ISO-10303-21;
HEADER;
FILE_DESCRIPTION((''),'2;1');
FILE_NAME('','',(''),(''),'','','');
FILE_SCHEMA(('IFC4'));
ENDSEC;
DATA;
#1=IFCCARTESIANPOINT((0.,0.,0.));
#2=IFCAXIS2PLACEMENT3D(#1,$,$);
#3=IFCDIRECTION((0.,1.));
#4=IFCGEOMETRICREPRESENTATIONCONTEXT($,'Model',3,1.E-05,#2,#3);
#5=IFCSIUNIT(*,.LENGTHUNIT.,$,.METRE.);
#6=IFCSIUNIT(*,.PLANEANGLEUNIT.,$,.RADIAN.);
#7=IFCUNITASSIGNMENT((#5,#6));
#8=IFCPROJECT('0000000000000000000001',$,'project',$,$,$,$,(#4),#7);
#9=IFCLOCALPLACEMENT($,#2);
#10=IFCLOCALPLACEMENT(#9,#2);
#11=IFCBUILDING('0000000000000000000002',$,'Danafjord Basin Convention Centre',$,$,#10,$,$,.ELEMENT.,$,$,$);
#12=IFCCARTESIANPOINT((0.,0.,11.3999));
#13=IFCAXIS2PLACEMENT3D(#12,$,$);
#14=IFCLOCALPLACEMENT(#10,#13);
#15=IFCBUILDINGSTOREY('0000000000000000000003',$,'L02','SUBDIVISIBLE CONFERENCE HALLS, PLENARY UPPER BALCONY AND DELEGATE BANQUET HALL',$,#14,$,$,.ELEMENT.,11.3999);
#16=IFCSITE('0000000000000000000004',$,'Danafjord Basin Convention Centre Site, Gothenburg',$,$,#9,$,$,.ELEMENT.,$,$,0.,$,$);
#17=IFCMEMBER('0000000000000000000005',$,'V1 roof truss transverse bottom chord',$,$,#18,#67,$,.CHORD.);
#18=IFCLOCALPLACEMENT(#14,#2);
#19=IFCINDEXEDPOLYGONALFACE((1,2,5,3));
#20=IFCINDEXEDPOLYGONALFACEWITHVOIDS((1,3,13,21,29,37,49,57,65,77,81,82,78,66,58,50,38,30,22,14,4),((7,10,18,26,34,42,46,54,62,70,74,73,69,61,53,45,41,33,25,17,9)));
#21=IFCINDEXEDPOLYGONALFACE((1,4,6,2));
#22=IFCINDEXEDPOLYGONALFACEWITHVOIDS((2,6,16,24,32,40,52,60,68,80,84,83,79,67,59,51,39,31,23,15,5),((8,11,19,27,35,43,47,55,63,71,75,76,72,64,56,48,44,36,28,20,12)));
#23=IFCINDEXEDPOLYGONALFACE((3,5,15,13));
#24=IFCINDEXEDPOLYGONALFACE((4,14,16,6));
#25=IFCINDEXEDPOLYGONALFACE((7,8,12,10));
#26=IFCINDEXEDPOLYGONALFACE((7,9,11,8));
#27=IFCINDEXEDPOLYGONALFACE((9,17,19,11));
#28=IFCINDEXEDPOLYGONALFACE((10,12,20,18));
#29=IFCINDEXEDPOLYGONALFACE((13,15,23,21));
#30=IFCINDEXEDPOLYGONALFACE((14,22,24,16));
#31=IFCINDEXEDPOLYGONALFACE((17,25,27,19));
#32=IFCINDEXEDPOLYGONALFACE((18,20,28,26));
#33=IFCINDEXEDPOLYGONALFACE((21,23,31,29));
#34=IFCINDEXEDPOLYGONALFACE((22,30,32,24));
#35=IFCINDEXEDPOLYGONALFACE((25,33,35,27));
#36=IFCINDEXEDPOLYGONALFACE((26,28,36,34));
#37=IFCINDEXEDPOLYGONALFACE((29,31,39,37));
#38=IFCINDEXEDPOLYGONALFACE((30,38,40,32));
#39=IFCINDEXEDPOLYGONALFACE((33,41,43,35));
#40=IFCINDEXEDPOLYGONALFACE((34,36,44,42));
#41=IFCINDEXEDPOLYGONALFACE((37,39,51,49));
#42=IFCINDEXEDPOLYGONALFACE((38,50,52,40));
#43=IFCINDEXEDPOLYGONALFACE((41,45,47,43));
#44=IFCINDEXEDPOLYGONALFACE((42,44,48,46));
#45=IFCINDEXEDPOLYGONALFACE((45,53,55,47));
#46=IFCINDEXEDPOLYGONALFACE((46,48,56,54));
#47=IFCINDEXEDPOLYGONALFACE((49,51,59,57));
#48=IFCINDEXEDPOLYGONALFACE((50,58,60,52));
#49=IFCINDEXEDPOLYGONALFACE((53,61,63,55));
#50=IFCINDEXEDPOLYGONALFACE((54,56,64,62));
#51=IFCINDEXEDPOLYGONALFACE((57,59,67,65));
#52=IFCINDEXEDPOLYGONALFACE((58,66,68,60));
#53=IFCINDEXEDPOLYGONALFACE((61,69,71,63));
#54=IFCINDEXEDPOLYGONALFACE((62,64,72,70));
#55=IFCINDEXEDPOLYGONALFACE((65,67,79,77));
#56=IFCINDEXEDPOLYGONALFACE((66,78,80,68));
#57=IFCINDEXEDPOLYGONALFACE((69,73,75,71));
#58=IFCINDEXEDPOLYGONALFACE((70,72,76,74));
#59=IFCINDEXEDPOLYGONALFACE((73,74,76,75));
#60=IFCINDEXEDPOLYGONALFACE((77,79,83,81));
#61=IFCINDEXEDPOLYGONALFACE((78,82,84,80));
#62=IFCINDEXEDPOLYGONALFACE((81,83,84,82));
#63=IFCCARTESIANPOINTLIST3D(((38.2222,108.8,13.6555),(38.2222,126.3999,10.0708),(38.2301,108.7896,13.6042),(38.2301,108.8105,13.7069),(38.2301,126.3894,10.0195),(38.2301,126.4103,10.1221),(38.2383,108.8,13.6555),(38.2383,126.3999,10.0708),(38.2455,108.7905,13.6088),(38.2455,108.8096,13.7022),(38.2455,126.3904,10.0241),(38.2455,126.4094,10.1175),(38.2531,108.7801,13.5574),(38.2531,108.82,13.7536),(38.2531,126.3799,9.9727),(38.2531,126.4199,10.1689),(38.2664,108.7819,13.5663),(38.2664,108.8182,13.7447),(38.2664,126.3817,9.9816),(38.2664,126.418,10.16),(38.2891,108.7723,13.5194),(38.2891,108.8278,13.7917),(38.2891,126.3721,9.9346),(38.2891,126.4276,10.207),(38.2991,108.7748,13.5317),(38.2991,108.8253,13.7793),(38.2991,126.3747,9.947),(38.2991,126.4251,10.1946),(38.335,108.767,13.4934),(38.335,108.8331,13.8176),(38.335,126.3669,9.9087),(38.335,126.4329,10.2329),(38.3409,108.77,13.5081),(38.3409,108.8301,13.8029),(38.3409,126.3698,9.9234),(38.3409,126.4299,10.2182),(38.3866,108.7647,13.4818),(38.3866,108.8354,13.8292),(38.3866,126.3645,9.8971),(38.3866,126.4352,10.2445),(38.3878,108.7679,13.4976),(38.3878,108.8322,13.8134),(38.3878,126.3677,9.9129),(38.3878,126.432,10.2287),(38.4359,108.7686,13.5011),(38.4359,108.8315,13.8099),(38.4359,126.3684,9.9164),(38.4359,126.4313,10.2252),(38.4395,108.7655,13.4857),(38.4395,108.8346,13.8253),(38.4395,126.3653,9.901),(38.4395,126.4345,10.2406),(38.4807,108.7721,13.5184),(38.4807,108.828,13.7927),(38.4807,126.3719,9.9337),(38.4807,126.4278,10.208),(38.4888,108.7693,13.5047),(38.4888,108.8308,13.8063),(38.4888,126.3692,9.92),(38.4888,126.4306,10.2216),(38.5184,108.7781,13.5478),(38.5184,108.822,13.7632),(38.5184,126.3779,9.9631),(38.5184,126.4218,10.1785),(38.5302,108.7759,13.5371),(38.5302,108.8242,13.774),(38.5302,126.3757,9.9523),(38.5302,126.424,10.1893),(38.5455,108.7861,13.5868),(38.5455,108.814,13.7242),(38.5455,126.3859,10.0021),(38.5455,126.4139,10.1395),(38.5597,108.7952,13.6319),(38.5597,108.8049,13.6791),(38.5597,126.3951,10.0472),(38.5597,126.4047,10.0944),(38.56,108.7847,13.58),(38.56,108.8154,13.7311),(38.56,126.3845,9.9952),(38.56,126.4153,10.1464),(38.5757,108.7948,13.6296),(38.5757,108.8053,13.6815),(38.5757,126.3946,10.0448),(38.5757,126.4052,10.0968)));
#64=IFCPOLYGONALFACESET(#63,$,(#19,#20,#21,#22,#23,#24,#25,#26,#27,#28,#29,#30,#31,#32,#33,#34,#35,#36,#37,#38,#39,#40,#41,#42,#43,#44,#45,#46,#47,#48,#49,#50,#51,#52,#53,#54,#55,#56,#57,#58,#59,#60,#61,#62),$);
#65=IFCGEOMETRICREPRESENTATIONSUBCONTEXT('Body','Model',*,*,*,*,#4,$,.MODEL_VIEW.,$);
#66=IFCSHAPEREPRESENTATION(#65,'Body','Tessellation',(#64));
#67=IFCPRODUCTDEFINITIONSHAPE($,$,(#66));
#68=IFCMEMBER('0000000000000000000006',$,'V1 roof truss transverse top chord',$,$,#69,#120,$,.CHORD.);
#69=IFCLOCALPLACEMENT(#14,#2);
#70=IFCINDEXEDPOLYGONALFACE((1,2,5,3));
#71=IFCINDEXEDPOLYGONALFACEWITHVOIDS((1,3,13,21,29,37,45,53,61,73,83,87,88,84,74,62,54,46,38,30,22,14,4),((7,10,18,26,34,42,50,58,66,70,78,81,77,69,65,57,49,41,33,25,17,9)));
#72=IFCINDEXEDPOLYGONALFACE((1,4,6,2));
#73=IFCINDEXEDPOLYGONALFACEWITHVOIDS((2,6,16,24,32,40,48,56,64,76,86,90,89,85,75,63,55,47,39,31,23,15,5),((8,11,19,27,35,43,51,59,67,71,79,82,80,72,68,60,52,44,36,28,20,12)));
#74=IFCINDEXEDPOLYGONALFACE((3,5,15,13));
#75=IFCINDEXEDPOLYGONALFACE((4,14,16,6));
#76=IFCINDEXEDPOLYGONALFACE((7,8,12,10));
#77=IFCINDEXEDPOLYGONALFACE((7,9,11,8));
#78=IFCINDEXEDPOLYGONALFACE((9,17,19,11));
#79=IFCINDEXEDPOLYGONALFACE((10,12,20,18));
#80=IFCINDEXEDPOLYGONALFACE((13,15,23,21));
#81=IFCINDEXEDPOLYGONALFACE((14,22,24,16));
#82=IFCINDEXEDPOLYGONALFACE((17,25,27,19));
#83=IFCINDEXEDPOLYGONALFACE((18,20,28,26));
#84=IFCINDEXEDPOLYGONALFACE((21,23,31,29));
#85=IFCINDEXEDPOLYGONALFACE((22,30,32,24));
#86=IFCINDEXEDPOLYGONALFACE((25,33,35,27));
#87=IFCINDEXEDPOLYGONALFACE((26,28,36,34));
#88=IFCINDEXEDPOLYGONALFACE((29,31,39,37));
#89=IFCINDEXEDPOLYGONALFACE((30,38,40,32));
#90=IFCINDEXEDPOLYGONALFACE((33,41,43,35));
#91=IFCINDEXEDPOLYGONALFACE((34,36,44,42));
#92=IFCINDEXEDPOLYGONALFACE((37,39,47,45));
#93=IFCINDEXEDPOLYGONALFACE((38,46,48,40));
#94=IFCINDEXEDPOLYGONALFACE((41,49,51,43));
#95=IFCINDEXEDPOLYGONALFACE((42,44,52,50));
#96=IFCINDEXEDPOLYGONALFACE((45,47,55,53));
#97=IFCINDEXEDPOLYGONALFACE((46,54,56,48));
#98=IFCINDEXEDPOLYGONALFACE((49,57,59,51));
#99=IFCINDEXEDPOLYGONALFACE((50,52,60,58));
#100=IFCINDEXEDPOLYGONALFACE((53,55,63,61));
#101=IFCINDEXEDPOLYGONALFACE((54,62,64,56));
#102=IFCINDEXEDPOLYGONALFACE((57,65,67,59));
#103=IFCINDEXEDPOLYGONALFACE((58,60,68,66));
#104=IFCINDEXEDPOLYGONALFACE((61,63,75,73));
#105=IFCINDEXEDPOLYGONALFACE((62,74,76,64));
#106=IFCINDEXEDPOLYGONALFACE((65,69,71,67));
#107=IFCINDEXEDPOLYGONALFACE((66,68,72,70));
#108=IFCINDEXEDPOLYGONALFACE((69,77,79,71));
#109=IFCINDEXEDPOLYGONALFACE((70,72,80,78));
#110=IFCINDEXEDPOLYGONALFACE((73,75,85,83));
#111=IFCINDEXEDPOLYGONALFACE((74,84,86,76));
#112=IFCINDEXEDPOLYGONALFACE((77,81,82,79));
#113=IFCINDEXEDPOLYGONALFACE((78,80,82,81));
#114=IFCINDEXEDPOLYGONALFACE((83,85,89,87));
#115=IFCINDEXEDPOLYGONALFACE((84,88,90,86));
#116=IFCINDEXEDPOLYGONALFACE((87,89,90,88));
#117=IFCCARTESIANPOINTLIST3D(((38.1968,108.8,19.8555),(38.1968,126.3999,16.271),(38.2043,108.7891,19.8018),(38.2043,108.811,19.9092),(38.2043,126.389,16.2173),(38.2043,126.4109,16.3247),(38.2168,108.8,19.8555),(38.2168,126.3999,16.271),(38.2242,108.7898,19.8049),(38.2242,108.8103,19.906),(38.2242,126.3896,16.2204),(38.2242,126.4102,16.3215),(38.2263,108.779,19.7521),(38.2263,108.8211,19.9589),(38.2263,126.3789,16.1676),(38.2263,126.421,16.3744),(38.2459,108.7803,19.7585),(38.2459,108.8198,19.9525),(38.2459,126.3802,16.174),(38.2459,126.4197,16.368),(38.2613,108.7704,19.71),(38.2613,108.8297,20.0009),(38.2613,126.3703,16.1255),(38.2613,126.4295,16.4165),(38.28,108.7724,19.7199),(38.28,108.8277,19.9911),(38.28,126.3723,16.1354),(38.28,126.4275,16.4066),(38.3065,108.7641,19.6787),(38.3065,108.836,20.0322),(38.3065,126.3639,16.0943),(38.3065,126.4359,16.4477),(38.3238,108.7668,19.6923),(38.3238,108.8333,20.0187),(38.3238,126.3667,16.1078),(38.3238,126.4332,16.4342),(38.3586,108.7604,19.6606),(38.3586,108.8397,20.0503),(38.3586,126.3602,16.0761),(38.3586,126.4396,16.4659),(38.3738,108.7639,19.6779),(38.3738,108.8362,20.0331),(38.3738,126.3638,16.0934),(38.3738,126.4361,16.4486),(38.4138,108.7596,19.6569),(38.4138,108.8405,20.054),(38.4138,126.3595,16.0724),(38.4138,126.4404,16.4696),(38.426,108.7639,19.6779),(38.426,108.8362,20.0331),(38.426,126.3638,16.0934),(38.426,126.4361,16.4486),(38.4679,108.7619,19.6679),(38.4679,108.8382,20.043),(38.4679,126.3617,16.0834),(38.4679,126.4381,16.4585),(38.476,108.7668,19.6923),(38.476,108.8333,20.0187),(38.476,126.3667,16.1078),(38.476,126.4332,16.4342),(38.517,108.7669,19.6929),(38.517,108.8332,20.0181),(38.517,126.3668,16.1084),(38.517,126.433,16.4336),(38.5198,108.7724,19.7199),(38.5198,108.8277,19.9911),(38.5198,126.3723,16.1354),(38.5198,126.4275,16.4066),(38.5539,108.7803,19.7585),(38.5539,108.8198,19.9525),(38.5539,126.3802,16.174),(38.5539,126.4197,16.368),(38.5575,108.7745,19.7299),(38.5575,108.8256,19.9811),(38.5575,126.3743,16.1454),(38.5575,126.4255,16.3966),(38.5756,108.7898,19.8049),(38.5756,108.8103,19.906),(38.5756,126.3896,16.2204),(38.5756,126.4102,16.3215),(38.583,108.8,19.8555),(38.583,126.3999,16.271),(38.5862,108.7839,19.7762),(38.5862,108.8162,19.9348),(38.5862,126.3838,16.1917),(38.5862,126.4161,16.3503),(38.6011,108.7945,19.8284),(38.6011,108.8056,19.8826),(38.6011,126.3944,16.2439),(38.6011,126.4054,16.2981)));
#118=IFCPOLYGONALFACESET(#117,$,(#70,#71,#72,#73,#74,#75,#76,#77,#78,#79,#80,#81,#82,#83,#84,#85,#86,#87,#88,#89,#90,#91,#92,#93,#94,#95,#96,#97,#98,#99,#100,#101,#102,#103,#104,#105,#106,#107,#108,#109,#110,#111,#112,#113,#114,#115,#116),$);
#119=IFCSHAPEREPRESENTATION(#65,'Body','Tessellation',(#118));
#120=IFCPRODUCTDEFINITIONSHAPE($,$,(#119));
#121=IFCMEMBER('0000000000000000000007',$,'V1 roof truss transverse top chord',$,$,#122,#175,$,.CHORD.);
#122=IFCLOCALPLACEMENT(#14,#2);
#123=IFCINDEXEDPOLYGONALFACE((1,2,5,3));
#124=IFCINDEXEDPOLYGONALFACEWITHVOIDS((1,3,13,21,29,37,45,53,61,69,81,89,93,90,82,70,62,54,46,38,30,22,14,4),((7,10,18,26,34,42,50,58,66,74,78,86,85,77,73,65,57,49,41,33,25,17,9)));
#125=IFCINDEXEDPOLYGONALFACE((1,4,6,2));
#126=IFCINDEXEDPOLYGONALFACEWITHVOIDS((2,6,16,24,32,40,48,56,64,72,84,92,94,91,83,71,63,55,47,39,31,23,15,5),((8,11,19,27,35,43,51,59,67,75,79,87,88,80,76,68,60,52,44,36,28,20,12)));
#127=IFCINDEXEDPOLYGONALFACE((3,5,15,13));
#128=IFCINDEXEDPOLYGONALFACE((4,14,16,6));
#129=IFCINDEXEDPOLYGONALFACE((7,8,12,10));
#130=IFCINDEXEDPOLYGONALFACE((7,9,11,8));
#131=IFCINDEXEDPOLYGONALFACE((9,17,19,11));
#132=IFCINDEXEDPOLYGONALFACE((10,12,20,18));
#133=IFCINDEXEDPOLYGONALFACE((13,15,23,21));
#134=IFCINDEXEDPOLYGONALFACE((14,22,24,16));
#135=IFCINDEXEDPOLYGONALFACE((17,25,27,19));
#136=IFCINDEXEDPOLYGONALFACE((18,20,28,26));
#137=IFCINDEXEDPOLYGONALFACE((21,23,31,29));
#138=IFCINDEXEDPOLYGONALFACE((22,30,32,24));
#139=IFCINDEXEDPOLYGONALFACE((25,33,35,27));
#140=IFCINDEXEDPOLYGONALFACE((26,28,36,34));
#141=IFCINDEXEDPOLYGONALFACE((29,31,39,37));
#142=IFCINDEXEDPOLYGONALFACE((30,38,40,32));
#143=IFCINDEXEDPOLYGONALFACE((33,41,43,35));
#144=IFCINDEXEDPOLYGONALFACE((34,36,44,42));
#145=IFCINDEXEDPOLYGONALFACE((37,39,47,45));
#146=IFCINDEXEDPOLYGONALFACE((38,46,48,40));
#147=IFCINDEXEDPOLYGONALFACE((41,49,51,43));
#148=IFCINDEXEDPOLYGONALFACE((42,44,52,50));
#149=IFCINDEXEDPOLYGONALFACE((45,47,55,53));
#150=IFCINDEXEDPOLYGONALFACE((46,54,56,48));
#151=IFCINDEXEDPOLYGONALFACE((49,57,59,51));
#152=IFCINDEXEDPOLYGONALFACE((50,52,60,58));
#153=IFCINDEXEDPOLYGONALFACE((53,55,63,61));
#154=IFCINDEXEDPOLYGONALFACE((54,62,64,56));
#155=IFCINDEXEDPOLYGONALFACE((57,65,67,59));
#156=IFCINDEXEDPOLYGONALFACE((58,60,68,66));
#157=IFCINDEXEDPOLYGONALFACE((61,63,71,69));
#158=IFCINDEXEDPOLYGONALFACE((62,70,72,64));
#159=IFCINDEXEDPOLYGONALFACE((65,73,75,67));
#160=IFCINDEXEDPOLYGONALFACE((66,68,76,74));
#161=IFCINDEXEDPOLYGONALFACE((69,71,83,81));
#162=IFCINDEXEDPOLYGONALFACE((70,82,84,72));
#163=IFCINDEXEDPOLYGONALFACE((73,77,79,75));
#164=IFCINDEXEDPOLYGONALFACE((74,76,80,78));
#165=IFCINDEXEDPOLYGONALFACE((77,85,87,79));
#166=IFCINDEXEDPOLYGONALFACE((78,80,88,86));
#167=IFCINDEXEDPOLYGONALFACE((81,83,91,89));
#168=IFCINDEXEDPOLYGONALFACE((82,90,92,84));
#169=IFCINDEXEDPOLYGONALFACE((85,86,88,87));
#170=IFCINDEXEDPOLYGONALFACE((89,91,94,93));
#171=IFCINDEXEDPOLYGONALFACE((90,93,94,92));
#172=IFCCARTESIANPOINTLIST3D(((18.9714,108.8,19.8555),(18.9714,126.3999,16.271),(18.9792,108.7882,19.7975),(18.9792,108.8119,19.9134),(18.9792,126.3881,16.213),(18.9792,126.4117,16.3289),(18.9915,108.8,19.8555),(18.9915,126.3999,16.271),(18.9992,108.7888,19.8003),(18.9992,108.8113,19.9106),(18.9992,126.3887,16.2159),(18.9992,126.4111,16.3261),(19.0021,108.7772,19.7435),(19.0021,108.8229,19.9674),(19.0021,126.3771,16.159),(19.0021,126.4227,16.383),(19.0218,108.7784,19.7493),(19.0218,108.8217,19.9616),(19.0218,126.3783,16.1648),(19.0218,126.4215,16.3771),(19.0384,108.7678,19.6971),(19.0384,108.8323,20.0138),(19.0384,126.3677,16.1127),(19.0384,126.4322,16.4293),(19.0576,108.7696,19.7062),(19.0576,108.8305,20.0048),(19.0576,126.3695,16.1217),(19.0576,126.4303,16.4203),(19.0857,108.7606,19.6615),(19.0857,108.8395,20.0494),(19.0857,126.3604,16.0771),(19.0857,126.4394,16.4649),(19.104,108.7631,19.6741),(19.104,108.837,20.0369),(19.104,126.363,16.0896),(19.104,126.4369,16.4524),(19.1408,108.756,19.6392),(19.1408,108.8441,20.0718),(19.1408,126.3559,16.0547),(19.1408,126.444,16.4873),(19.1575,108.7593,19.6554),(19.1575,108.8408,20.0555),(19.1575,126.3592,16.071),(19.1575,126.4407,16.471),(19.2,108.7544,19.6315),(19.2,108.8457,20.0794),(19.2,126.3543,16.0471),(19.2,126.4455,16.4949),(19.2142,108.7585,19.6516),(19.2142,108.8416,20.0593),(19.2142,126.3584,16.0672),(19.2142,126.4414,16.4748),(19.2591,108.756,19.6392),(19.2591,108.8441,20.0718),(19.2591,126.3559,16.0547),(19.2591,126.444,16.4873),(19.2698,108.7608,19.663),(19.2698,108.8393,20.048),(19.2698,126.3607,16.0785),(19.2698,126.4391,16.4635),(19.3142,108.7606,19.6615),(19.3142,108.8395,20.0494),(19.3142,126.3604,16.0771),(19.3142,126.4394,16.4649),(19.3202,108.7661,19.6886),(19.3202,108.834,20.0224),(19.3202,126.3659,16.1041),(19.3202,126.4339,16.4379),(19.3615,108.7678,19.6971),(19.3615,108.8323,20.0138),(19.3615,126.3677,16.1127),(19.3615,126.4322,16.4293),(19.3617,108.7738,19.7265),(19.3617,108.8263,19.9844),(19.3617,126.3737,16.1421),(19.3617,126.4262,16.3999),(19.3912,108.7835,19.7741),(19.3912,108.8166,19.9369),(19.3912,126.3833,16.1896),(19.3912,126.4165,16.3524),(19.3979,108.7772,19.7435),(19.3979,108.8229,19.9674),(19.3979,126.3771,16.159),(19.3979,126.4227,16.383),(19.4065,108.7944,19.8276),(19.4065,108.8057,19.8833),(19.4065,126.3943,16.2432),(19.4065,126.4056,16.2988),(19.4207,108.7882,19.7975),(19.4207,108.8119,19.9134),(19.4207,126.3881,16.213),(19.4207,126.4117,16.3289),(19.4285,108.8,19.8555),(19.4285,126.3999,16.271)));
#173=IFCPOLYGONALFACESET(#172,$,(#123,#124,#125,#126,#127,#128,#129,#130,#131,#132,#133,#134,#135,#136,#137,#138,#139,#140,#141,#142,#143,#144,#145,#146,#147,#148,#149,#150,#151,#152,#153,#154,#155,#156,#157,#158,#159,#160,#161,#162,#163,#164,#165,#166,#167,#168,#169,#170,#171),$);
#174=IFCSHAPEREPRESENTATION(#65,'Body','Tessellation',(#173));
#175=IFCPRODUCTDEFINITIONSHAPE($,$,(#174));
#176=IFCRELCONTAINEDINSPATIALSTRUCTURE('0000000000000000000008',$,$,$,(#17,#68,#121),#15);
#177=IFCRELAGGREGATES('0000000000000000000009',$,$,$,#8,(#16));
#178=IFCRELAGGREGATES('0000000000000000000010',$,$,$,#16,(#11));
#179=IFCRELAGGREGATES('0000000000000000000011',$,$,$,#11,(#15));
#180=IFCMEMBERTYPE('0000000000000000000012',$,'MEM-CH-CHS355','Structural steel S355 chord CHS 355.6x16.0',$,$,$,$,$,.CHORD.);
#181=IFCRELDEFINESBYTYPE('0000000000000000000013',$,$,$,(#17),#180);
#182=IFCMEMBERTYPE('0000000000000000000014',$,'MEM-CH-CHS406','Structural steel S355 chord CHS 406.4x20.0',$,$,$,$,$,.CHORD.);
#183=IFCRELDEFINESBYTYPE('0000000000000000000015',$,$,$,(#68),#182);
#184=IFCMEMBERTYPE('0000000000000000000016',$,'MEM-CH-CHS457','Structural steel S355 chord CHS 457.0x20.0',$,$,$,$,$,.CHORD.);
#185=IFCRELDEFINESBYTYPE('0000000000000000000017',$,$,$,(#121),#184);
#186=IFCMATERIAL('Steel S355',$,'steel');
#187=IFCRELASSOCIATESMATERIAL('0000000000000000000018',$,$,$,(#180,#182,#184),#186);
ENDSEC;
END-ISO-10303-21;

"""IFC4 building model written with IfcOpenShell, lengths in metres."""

from ifc_helpers import new_model, si_unit, direction, frame, origin, origin_2d, place, context, subcontext, project, spatial, hollow_circle, extrude, material, material_profile, profile_set, type_object, element, save


model = new_model("IFC4")

# Units and contexts
model_context = context("Model", 3, precision=1e-05, world=origin(), true_north=direction((0.0, 1.0)))
body_context = subcontext(model_context, "Body", "Model", "MODEL_VIEW")
ifc_project = project(units=[si_unit("LENGTHUNIT", "METRE"), si_unit("PLANEANGLEUNIT", "RADIAN")], contexts=[model_context])

# Site, building, storey
site_placement = place(None, origin())
site = spatial("IfcSite", under=ifc_project, at=site_placement, Name="Danafjord Basin Convention Centre Site, Gothenburg", CompositionType="ELEMENT", RefElevation=0.0)
building_placement = place(site_placement, origin())
building = spatial("IfcBuilding", under=site, at=building_placement, Name="Danafjord Basin Convention Centre", CompositionType="ELEMENT")
storey_placement = place(building_placement, frame((0.0, 0.0, 11.3999)))
storey = spatial("IfcBuildingStorey", under=building, at=storey_placement, Name="L02", Description="SUBDIVISIBLE CONFERENCE HALLS, PLENARY UPPER BALCONY AND DELEGATE BANQUET HALL", CompositionType="ELEMENT", Elevation=11.3999)

# Members
ifc_material = material(Name="Steel S355", Category="steel")
ifc_material_profile_1 = material_profile(ifc_material, hollow_circle(Radius=0.1777, WallThickness=0.0161, at=origin_2d()), Name="CHS 355.6x16.0")
ifc_profile_set_1 = profile_set([ifc_material_profile_1], Name="Steel S355")
member_type_1 = type_object("IfcMemberType", Name="MEM-CH-CHS355", Description="Structural steel S355 chord CHS 355.6x16.0", PredefinedType="CHORD", material=ifc_profile_set_1)
member_1_placement = place(storey_placement, frame((38.3999, 108.8, 13.6555), z_axis=(0.0, 0.979881, -0.199581), x_axis=(-1.0, 0.0, 0.0)))
element("IfcMember", 1, at=member_1_placement, inside=storey, type_object=member_type_1, Name="V1 roof truss transverse bottom chord", PredefinedType="CHORD", context=body_context, shape_type="SweptSolid", body=[
    extrude(hollow_circle(Radius=0.1777, WallThickness=0.0161, at=origin_2d()), origin(), (0.0, 0.0, 1.0), 17.9612),
])
ifc_material_profile_2 = material_profile(ifc_material, hollow_circle(Radius=0.2031, WallThickness=0.02, at=origin_2d()), Name="CHS 406.4x20.0")
ifc_profile_set_2 = profile_set([ifc_material_profile_2], Name="Steel S355")
member_type_2 = type_object("IfcMemberType", Name="MEM-CH-CHS406", Description="Structural steel S355 chord CHS 406.4x20.0", PredefinedType="CHORD", material=ifc_profile_set_2)
member_2_placement = place(storey_placement, frame((38.3999, 108.8, 19.8555), z_axis=(0.0, 0.979884, -0.199568), x_axis=(-1.0, 0.0, 0.0)))
element("IfcMember", 2, at=member_2_placement, inside=storey, type_object=member_type_2, Name="V1 roof truss transverse top chord", PredefinedType="CHORD", context=body_context, shape_type="SweptSolid", body=[
    extrude(hollow_circle(Radius=0.2031, WallThickness=0.02, at=origin_2d()), origin(), (0.0, 0.0, 1.0), 17.9612),
])
ifc_material_profile_3 = material_profile(ifc_material, hollow_circle(Radius=0.2285, WallThickness=0.02, at=origin_2d()), Name="CHS 457.0x20.0")
ifc_profile_set_3 = profile_set([ifc_material_profile_3], Name="Steel S355")
member_type_3 = type_object("IfcMemberType", Name="MEM-CH-CHS457", Description="Structural steel S355 chord CHS 457.0x20.0", PredefinedType="CHORD", material=ifc_profile_set_3)
member_3_placement = place(storey_placement, frame((19.2, 108.8, 19.8555), z_axis=(0.0, 0.979884, -0.199568), x_axis=(-1.0, 0.0, 0.0)))
element("IfcMember", 3, at=member_3_placement, inside=storey, type_object=member_type_3, Name="V1 roof truss transverse top chord", PredefinedType="CHORD", context=body_context, shape_type="SweptSolid", body=[
    extrude(hollow_circle(Radius=0.2285, WallThickness=0.02, at=origin_2d()), origin(), (0.0, 0.0, 1.0), 17.9612),
])

save(model, "model.ifc")
